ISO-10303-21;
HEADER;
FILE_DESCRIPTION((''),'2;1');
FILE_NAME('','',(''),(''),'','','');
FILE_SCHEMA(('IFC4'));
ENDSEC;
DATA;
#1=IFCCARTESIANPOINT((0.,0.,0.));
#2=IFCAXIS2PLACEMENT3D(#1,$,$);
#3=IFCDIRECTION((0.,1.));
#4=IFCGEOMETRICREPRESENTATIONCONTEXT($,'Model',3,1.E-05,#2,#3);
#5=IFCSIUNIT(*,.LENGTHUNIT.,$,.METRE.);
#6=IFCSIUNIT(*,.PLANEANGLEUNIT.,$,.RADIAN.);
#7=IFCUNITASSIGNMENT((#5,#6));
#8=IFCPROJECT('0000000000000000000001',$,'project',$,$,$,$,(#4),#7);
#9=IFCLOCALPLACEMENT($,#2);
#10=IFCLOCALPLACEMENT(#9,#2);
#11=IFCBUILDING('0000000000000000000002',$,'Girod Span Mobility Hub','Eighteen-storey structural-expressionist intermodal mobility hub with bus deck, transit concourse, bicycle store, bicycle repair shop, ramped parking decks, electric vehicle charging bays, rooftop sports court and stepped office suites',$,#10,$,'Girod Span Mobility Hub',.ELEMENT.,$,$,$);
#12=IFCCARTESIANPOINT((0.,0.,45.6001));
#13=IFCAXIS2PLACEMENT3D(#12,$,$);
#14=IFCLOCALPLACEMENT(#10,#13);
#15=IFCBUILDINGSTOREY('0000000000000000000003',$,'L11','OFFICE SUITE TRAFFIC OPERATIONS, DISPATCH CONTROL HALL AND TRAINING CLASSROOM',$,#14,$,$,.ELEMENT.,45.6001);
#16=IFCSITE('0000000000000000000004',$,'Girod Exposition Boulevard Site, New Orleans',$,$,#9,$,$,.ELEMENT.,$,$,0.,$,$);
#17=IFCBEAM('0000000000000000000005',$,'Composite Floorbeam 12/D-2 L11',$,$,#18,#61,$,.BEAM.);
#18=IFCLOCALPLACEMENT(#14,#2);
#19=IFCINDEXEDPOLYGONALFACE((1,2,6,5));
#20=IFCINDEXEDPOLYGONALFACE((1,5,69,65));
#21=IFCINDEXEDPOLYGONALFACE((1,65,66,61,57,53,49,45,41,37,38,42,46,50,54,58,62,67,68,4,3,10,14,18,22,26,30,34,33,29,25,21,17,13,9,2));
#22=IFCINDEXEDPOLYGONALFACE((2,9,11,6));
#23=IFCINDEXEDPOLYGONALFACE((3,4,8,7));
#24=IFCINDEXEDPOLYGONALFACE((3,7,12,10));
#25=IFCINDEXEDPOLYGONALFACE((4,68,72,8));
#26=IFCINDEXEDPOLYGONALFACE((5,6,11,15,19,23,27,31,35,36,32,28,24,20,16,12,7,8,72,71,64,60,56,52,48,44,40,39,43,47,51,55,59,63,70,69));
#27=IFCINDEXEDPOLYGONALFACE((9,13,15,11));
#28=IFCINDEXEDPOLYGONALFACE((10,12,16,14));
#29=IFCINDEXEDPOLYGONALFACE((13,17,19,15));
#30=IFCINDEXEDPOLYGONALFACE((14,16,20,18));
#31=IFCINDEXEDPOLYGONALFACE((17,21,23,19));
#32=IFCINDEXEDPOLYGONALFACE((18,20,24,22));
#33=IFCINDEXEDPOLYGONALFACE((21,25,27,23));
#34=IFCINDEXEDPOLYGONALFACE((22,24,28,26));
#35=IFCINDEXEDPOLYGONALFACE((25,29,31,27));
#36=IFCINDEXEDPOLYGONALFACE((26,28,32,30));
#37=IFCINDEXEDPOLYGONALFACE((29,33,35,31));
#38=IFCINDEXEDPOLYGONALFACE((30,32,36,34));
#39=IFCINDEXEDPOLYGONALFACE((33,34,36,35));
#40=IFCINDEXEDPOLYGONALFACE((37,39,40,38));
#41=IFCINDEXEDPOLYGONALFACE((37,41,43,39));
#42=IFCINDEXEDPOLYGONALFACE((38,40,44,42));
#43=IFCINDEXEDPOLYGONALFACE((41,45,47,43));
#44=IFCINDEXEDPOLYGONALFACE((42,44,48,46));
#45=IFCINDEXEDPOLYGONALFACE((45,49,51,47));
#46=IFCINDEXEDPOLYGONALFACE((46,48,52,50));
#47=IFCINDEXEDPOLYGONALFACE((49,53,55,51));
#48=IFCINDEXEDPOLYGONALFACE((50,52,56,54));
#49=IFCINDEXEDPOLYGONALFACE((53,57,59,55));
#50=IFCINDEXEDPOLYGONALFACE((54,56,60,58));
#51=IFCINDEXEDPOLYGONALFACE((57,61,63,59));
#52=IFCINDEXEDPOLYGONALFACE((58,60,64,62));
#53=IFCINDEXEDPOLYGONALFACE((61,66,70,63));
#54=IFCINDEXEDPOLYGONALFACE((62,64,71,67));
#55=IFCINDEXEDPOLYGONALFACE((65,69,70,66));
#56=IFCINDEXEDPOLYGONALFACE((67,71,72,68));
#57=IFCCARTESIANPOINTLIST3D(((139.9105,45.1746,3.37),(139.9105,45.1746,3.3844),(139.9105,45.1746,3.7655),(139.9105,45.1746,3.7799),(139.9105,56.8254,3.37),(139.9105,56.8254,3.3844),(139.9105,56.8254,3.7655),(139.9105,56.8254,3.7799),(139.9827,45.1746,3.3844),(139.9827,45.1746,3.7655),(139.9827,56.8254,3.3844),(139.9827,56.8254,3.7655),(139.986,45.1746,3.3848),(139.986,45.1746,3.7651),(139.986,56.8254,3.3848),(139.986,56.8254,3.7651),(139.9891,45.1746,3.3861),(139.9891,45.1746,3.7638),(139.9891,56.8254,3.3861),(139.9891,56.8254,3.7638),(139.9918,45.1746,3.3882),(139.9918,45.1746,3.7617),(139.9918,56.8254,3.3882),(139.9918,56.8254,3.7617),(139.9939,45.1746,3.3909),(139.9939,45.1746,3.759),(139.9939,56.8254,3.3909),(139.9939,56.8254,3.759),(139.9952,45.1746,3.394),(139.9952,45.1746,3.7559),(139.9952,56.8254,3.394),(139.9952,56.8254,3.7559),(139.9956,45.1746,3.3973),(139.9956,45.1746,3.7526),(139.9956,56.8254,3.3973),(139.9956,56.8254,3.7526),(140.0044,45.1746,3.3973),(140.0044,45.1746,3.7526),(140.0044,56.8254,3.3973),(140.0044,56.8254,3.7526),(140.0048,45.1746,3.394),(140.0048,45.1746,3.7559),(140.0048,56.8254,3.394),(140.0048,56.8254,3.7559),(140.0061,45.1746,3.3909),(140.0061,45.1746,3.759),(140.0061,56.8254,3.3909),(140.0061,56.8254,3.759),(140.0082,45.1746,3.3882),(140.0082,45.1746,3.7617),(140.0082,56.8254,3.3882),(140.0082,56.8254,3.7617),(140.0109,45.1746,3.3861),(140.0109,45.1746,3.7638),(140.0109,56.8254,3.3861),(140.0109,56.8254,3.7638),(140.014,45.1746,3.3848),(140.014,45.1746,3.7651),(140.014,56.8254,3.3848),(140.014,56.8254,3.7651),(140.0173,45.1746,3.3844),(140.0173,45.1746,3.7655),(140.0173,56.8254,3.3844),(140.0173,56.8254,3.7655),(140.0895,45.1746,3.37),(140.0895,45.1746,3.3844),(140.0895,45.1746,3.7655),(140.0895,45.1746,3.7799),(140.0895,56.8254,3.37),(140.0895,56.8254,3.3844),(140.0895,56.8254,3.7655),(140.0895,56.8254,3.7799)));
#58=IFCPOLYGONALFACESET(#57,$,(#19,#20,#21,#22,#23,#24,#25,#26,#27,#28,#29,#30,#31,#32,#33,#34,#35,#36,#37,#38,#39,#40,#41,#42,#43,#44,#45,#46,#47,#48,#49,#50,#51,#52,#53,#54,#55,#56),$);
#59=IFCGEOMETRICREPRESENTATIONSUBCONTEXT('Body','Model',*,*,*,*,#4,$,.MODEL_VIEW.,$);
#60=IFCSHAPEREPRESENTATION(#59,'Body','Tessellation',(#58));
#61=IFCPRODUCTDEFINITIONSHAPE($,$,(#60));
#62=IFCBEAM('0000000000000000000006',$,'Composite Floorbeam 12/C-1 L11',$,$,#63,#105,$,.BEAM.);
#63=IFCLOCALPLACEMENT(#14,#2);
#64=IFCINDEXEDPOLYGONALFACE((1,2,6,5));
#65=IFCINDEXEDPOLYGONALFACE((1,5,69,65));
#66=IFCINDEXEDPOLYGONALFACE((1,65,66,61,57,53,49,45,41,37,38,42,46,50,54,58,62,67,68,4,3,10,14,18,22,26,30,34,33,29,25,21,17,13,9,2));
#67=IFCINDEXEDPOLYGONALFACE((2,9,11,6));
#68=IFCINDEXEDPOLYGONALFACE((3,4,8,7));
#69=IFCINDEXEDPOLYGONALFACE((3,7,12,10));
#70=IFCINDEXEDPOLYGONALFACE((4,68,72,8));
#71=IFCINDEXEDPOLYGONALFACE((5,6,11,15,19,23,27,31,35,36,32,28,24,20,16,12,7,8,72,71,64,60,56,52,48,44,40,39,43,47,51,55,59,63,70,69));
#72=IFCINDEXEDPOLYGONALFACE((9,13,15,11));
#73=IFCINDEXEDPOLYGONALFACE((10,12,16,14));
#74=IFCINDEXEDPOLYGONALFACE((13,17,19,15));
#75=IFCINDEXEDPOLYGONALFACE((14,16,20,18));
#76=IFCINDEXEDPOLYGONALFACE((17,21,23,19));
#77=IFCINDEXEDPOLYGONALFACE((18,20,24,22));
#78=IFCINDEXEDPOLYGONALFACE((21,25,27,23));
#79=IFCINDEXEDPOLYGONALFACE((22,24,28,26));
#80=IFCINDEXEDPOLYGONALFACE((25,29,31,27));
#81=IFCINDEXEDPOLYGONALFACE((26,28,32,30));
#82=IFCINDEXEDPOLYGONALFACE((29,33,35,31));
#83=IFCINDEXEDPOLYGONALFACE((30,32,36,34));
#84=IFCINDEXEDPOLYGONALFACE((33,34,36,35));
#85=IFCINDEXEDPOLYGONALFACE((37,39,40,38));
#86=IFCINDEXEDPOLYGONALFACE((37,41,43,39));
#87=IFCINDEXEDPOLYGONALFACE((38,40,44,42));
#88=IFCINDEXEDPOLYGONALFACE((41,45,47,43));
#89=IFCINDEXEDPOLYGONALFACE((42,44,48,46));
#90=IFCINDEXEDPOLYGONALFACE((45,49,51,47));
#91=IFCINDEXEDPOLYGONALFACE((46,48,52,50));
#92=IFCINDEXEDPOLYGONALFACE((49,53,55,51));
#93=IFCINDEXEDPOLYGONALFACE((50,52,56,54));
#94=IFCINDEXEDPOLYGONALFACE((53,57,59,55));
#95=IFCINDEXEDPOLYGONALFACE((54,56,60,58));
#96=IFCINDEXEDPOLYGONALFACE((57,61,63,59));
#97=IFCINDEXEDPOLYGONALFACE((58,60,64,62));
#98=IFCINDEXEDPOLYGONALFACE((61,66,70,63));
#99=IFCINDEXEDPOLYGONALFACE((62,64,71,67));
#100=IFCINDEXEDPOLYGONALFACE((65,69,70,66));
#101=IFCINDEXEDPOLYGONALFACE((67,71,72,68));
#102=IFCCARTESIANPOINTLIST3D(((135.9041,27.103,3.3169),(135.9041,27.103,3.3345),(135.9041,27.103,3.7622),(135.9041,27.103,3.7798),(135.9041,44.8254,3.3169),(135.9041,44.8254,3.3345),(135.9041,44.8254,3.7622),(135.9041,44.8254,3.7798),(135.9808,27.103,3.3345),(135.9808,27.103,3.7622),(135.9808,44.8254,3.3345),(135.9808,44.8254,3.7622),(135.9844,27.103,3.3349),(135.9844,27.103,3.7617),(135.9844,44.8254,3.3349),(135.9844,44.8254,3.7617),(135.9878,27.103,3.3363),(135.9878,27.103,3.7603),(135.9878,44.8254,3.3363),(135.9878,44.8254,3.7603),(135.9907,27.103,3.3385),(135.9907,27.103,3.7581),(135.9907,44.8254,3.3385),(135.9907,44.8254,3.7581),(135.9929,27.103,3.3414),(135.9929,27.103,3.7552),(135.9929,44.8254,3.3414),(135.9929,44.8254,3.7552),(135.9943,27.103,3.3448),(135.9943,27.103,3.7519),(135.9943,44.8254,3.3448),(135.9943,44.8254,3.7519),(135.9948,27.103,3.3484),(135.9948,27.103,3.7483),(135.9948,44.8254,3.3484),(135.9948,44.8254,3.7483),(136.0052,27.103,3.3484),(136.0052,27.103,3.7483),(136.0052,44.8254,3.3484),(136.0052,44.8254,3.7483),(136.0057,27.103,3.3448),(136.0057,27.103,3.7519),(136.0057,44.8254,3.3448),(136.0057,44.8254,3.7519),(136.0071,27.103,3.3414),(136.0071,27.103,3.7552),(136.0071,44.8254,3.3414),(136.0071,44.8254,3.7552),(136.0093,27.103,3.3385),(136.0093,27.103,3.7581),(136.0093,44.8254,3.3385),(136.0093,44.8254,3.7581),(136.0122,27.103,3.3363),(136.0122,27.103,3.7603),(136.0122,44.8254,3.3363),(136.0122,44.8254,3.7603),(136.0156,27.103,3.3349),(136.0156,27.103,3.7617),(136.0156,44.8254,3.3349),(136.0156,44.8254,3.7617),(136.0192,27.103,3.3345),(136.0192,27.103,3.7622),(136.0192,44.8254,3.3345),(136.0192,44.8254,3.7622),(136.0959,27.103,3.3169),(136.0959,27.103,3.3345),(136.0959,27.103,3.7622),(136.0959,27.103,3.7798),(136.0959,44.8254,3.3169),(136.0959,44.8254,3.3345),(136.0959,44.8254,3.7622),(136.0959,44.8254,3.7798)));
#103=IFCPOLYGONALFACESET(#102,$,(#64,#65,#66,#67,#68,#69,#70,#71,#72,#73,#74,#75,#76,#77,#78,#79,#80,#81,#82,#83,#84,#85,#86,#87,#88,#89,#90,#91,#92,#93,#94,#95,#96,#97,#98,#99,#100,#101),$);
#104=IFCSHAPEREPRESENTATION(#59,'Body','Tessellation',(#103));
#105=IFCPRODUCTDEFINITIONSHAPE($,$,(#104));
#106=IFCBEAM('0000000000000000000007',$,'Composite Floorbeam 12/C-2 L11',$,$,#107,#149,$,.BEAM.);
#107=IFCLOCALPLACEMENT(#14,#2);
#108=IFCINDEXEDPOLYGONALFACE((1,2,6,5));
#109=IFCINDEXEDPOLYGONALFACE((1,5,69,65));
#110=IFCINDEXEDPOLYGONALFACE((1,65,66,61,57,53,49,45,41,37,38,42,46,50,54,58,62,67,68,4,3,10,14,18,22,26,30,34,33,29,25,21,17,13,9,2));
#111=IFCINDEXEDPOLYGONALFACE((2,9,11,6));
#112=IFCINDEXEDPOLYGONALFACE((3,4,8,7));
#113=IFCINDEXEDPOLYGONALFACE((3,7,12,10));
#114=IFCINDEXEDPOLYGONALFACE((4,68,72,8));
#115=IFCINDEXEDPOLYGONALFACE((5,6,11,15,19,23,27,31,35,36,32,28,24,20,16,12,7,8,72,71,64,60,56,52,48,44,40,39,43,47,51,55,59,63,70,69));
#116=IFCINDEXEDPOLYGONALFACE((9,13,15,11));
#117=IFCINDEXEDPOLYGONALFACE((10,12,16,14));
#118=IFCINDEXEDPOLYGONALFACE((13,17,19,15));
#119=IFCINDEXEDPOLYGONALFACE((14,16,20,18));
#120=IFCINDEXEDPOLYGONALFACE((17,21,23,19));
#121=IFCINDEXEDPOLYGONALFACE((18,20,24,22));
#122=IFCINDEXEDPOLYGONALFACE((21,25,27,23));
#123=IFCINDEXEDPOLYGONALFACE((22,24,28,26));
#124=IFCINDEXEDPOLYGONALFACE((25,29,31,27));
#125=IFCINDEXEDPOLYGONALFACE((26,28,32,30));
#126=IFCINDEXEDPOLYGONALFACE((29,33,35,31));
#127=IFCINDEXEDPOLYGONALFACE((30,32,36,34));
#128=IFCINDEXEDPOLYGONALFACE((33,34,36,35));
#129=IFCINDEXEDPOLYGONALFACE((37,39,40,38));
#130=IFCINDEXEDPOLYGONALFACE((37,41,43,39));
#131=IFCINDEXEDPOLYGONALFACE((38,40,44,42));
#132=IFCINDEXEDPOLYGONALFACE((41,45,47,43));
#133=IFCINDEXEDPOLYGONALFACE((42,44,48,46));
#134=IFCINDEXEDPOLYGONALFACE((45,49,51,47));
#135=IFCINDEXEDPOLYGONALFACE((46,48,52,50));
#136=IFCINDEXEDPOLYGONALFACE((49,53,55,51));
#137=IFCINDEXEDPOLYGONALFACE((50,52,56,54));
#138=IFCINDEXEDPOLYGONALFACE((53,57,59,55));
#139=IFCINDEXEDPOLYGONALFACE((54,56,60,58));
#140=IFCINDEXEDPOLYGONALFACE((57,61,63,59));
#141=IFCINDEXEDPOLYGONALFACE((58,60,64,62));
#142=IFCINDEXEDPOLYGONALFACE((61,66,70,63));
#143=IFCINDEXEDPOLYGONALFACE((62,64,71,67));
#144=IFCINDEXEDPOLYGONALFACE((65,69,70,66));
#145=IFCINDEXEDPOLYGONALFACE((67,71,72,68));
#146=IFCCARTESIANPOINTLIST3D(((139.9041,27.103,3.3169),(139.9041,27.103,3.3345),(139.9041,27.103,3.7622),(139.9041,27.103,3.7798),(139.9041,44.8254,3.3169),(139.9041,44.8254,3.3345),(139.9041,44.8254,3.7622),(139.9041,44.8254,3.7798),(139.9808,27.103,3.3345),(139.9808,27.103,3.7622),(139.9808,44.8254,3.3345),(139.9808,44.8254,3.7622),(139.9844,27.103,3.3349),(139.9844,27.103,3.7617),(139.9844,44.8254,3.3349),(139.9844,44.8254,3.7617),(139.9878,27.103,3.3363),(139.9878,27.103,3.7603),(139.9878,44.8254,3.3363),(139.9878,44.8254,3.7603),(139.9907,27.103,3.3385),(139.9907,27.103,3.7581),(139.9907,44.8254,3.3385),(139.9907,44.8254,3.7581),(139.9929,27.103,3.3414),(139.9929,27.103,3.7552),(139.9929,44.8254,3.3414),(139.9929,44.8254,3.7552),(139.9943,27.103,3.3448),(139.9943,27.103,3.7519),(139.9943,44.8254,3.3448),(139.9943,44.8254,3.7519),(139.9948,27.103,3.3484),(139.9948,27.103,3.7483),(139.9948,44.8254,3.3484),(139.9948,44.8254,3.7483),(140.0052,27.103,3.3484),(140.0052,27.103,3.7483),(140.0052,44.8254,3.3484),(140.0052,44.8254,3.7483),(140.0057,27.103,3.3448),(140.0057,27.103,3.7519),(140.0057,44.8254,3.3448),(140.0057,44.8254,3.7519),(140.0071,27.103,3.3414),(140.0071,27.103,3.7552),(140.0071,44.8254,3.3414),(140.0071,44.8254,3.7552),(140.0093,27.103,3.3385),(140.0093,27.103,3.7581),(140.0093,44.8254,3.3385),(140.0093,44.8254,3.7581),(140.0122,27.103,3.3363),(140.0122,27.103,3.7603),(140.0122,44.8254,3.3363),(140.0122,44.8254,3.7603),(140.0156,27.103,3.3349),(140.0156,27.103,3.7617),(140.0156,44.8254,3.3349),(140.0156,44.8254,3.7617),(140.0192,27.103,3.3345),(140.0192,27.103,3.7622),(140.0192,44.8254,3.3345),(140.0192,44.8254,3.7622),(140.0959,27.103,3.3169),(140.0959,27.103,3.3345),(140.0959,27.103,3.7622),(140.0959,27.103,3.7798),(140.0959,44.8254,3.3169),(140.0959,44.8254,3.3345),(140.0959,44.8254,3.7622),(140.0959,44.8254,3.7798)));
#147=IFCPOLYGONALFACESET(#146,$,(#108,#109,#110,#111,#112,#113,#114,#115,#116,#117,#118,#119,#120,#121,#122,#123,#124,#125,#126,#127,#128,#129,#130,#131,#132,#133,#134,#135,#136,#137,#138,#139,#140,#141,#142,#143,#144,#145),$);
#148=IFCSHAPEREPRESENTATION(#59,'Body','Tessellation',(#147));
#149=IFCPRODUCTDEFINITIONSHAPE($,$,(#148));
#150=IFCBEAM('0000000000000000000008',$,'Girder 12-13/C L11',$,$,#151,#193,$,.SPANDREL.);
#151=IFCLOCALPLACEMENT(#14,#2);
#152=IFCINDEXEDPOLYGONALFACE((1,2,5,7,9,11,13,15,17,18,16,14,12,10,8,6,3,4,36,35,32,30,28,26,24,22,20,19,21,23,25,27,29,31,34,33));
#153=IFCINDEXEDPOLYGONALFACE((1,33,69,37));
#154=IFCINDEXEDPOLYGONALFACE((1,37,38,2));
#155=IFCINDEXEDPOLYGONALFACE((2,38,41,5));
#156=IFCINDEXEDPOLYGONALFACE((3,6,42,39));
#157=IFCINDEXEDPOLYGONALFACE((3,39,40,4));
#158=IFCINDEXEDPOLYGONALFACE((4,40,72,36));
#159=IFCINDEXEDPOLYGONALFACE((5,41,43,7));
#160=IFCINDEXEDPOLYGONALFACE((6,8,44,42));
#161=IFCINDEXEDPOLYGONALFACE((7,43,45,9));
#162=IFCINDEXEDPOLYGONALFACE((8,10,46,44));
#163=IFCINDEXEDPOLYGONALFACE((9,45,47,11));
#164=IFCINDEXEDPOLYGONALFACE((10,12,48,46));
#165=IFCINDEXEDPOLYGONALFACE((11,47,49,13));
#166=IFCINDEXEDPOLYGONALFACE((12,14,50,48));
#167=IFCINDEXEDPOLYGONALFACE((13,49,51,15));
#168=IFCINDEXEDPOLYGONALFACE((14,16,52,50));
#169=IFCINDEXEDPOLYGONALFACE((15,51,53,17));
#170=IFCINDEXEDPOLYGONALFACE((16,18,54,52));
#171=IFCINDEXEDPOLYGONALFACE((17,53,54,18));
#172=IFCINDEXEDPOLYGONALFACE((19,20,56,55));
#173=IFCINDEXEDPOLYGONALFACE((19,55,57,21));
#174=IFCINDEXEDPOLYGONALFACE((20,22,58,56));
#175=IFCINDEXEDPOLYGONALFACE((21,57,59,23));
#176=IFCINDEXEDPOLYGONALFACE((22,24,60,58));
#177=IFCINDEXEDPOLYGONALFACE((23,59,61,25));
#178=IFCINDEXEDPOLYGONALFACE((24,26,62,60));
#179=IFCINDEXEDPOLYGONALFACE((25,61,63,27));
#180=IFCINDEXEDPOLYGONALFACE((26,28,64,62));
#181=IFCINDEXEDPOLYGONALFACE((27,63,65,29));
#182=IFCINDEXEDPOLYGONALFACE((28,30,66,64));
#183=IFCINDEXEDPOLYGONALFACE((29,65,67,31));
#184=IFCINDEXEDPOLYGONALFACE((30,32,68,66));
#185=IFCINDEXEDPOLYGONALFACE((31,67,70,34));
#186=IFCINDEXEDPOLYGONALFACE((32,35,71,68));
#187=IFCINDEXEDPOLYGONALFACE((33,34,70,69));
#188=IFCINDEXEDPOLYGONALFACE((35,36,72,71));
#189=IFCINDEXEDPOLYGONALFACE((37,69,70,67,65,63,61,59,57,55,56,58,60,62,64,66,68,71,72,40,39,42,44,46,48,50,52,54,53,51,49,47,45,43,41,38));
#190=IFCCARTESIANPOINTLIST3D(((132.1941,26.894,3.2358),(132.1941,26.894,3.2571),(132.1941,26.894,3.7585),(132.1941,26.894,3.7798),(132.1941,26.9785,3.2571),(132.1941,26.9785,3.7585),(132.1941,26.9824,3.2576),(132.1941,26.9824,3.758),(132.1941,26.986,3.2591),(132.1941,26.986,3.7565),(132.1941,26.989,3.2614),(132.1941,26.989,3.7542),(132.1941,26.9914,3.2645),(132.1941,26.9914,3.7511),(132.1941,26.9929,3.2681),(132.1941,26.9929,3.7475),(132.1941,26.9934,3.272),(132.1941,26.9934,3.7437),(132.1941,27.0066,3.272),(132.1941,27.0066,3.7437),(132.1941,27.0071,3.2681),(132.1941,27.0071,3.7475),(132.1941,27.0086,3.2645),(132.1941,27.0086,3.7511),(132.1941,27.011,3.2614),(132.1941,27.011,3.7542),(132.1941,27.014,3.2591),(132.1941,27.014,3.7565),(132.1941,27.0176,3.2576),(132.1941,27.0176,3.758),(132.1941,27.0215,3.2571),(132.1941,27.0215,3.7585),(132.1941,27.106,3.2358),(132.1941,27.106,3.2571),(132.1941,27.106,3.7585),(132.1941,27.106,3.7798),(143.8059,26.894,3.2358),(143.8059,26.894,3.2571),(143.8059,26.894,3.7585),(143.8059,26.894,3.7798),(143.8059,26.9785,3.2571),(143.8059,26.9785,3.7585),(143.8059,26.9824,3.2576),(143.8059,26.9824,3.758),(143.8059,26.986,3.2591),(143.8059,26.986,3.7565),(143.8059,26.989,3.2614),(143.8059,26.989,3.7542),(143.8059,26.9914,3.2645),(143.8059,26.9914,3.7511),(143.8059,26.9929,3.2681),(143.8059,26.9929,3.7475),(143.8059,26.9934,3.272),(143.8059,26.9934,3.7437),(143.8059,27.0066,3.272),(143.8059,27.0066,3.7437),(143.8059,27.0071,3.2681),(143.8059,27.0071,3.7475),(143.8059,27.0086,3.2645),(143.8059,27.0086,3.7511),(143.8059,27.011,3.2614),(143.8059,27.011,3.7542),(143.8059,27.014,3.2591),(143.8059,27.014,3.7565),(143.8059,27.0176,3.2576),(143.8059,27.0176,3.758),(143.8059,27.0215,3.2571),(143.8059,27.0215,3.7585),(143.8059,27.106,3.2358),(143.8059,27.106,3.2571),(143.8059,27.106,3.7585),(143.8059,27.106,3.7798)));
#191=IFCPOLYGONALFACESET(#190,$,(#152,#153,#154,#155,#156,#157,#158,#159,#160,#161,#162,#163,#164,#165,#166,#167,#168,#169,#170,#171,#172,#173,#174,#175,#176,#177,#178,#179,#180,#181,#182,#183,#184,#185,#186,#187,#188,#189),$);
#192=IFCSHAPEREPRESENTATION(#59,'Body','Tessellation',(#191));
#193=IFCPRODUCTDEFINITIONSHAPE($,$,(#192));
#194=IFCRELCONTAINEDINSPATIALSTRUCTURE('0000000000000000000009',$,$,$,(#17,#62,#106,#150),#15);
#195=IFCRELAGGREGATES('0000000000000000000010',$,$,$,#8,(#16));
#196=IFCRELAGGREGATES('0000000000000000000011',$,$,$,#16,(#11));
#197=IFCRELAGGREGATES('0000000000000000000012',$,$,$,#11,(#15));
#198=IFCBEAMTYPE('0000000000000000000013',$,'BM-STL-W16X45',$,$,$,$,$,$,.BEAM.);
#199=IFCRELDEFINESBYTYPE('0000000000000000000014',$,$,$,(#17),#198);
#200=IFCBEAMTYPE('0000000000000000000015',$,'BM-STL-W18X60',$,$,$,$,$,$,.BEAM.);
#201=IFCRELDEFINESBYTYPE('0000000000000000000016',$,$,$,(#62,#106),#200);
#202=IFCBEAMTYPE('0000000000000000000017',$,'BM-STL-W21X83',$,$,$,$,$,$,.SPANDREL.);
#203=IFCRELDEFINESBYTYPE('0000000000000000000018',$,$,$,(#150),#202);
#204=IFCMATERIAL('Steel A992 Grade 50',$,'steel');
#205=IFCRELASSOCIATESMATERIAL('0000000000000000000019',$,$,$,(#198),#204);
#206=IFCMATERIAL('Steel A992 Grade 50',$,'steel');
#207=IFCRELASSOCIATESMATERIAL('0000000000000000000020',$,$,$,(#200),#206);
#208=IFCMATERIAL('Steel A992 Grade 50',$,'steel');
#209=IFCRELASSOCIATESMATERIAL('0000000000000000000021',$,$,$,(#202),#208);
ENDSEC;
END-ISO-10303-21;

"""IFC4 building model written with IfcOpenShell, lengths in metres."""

from ifc_helpers import new_model, si_unit, direction, frame, origin, origin_2d, place, context, subcontext, project, spatial, i_section, extrude, material, material_profile, profile_set, type_object, element, save


model = new_model("IFC4")

# Units and contexts
model_context = context("Model", 3, precision=1e-05, world=origin(), true_north=direction((0.0, 1.0)))
body_context = subcontext(model_context, "Body", "Model", "MODEL_VIEW")
ifc_project = project(units=[si_unit("LENGTHUNIT", "METRE"), si_unit("PLANEANGLEUNIT", "RADIAN")], contexts=[model_context])

# Site, building, storey
site_placement = place(None, origin())
site = spatial("IfcSite", under=ifc_project, at=site_placement, Name="Girod Exposition Boulevard Site, New Orleans", CompositionType="ELEMENT", RefElevation=0.0)
building_placement = place(site_placement, origin())
building = spatial("IfcBuilding", under=site, at=building_placement, Name="Girod Span Mobility Hub", Description="Eighteen-storey structural-expressionist intermodal mobility hub with bus deck, transit concourse, bicycle store, bicycle repair shop, ramped parking decks, electric vehicle charging bays, rooftop sports court and stepped office suites", LongName="Girod Span Mobility Hub", CompositionType="ELEMENT")
storey_placement = place(building_placement, frame((0.0, 0.0, 45.6001)))
storey = spatial("IfcBuildingStorey", under=building, at=storey_placement, Name="L11", Description="OFFICE SUITE TRAFFIC OPERATIONS, DISPATCH CONTROL HALL AND TRAINING CLASSROOM", CompositionType="ELEMENT", Elevation=45.6001)

# Beams
ifc_material_1 = material(Name="Steel A992 Grade 50", Category="steel")
ifc_material_profile_1 = material_profile(ifc_material_1, i_section(OverallWidth=0.179, OverallDepth=0.4099, WebThickness=0.0088, FlangeThickness=0.0144, FilletRadius=0.0129, at=origin_2d()), Name="W16X45")
ifc_profile_set_1 = profile_set([ifc_material_profile_1], Name="Steel A992 Grade 50")
beam_type_1 = type_object("IfcBeamType", Name="BM-STL-W16X45", PredefinedType="BEAM", material=ifc_profile_set_1)
for number, where, z_axis, x_axis, name in (
    (1, (140.0, 45.1746, 3.575), (0.0, 1.0, 0.0), (-1.0, 0.0, 0.0), "Composite Floorbeam 12/D-2 L11"),
):
    element("IfcBeam", number, at=place(storey_placement, frame(where, z_axis=z_axis, x_axis=x_axis)), inside=storey, type_object=beam_type_1, Name=name, PredefinedType="BEAM", context=body_context, shape_type="SweptSolid", body=[
        extrude(i_section(OverallWidth=0.179, OverallDepth=0.4099, WebThickness=0.0088, FlangeThickness=0.0144, FilletRadius=0.0129, at=origin_2d()), origin(), (0.0, 0.0, 1.0), 11.6509),
    ])
ifc_material_2 = material(Name="Steel A992 Grade 50", Category="steel")
ifc_material_profile_2 = material_profile(ifc_material_2, i_section(OverallWidth=0.1919, OverallDepth=0.4629, WebThickness=0.0105, FlangeThickness=0.0176, FilletRadius=0.0139, at=origin_2d()), Name="W18X60")
ifc_profile_set_2 = profile_set([ifc_material_profile_2], Name="Steel A992 Grade 50")
beam_type_2 = type_object("IfcBeamType", Name="BM-STL-W18X60", PredefinedType="BEAM", material=ifc_profile_set_2)
for number, where, z_axis, x_axis, name in (
    (2, (136.0, 27.103, 3.5483), (0.0, 1.0, 0.0), (-1.0, 0.0, 0.0), "Composite Floorbeam 12/C-1 L11"),
    (3, (140.0, 27.103, 3.5483), (0.0, 1.0, 0.0), (-1.0, 0.0, 0.0), "Composite Floorbeam 12/C-2 L11"),
):
    element("IfcBeam", number, at=place(storey_placement, frame(where, z_axis=z_axis, x_axis=x_axis)), inside=storey, type_object=beam_type_2, Name=name, PredefinedType="BEAM", context=body_context, shape_type="SweptSolid", body=[
        extrude(i_section(OverallWidth=0.1919, OverallDepth=0.4629, WebThickness=0.0105, FlangeThickness=0.0176, FilletRadius=0.0139, at=origin_2d()), origin(), (0.0, 0.0, 1.0), 17.7224),
    ])
ifc_material_3 = material(Name="Steel A992 Grade 50", Category="steel")
ifc_material_profile_3 = material_profile(ifc_material_3, i_section(OverallWidth=0.2119, OverallDepth=0.5439, WebThickness=0.0132, FlangeThickness=0.0212, FilletRadius=0.0149, at=origin_2d()), Name="W21X83")
ifc_profile_set_3 = profile_set([ifc_material_profile_3], Name="Steel A992 Grade 50")
beam_type_3 = type_object("IfcBeamType", Name="BM-STL-W21X83", PredefinedType="SPANDREL", material=ifc_profile_set_3)
beam_1_placement = place(storey_placement, frame((132.1941, 27.0, 3.5078), z_axis=(1.0, 0.0, 0.0), x_axis=(0.0, 1.0, 0.0)))
element("IfcBeam", 4, at=beam_1_placement, inside=storey, type_object=beam_type_3, Name="Girder 12-13/C L11", PredefinedType="SPANDREL", context=body_context, shape_type="SweptSolid", body=[
    extrude(i_section(OverallWidth=0.2119, OverallDepth=0.5439, WebThickness=0.0132, FlangeThickness=0.0212, FilletRadius=0.0149, at=origin_2d()), origin(), (0.0, 0.0, 1.0), 11.6118),
])

save(model, "model.ifc")
